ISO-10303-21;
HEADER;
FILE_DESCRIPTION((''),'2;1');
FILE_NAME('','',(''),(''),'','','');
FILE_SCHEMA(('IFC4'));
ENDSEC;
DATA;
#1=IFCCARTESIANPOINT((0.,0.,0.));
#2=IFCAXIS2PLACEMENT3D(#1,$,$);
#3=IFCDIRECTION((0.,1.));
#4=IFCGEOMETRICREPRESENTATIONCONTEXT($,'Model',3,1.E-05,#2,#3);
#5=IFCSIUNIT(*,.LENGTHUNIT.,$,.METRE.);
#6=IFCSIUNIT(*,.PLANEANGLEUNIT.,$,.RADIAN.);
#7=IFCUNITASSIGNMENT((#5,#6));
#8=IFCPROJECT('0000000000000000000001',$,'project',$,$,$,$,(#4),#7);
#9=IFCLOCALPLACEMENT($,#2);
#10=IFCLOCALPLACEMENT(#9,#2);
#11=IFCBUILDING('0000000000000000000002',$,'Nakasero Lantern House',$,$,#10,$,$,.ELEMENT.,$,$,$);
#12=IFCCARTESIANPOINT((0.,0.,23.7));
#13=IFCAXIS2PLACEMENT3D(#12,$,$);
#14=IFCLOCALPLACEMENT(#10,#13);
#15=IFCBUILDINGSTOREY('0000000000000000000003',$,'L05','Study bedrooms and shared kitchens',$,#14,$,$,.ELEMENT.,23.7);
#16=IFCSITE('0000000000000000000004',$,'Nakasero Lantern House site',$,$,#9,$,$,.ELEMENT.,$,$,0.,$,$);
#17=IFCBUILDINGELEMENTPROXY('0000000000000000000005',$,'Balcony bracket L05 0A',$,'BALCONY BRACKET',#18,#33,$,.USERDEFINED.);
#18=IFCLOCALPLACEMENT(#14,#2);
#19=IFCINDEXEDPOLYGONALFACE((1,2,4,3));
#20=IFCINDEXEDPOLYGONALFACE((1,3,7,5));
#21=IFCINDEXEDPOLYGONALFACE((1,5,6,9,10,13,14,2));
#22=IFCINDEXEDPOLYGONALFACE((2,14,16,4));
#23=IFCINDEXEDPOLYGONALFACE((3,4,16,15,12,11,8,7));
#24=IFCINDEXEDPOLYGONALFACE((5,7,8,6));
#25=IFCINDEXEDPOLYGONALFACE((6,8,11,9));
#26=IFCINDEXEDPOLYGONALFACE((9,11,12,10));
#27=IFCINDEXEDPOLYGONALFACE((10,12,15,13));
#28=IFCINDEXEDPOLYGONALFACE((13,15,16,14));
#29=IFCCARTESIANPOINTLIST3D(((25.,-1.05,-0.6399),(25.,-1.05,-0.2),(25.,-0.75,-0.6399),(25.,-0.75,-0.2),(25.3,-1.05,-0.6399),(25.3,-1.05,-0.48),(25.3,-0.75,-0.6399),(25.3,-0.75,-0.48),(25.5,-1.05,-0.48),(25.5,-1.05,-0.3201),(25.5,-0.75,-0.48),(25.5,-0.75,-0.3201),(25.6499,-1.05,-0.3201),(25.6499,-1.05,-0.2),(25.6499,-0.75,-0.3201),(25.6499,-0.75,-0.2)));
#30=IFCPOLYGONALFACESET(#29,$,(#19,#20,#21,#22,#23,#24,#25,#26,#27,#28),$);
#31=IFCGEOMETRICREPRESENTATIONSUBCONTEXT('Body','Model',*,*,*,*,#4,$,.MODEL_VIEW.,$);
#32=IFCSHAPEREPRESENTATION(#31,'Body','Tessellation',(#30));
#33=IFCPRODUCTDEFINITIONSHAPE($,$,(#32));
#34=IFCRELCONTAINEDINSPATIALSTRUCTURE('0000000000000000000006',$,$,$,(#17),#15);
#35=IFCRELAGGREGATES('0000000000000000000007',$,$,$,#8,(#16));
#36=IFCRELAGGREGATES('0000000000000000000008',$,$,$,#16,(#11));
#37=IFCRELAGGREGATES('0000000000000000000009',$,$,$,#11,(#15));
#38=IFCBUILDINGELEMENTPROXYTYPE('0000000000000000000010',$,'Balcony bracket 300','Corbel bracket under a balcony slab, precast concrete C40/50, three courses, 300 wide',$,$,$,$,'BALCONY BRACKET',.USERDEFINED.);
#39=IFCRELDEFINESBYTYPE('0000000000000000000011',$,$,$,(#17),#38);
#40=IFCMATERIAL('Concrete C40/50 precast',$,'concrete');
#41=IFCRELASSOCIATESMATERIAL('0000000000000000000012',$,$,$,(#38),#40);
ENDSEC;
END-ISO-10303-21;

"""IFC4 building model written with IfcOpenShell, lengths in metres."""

from ifc_helpers import new_model, si_unit, direction, frame, origin, place, context, subcontext, project, spatial, polyline, outline, extrude, material, type_object, element, save


model = new_model("IFC4")

# Units and contexts
model_context = context("Model", 3, precision=1e-05, world=origin(), true_north=direction((0.0, 1.0)))
body_context = subcontext(model_context, "Body", "Model", "MODEL_VIEW")
ifc_project = project(units=[si_unit("LENGTHUNIT", "METRE"), si_unit("PLANEANGLEUNIT", "RADIAN")], contexts=[model_context])

# Site, building, storey
site_placement = place(None, origin())
site = spatial("IfcSite", under=ifc_project, at=site_placement, Name="Nakasero Lantern House site", CompositionType="ELEMENT", RefElevation=0.0)
building_placement = place(site_placement, origin())
building = spatial("IfcBuilding", under=site, at=building_placement, Name="Nakasero Lantern House", CompositionType="ELEMENT")
storey_placement = place(building_placement, frame((0.0, 0.0, 23.7)))
storey = spatial("IfcBuildingStorey", under=building, at=storey_placement, Name="L05", Description="Study bedrooms and shared kitchens", CompositionType="ELEMENT", Elevation=23.7)

# Building element proxy
ifc_material_1 = material(Name="Concrete C40/50 precast", Category="concrete")
building_element_proxy_type = type_object("IfcBuildingElementProxyType", Name="Balcony bracket 300", Description="Corbel bracket under a balcony slab, precast concrete C40/50, three courses, 300 wide", ElementType="BALCONY BRACKET", PredefinedType="USERDEFINED", material=ifc_material_1)
proxy_placement = place(storey_placement, frame((25.0, -0.8999, -0.2), z_axis=(0.0, 0.0, 1.0), x_axis=(1.0, 0.0, 0.0)))
element("IfcBuildingElementProxy", 1, at=proxy_placement, inside=storey, type_object=building_element_proxy_type, Name="Balcony bracket L05 0A", ObjectType="BALCONY BRACKET", PredefinedType="USERDEFINED", context=body_context, shape_type="SweptSolid", body=[
    extrude(outline(polyline([(0.0, 0.0), (0.6499, 0.0), (0.6499, -0.1201), (0.5, -0.1201), (0.5, -0.28), (0.3, -0.28), (0.3, -0.4399), (0.0, -0.4399), (0.0, 0.0)])), frame((0.0, 0.1499, 0.0), z_axis=(0.0, -1.0, 0.0), x_axis=(1.0, 0.0, 0.0)), (0.0, 0.0, 1.0), 0.3),
])

save(model, "model.ifc")
